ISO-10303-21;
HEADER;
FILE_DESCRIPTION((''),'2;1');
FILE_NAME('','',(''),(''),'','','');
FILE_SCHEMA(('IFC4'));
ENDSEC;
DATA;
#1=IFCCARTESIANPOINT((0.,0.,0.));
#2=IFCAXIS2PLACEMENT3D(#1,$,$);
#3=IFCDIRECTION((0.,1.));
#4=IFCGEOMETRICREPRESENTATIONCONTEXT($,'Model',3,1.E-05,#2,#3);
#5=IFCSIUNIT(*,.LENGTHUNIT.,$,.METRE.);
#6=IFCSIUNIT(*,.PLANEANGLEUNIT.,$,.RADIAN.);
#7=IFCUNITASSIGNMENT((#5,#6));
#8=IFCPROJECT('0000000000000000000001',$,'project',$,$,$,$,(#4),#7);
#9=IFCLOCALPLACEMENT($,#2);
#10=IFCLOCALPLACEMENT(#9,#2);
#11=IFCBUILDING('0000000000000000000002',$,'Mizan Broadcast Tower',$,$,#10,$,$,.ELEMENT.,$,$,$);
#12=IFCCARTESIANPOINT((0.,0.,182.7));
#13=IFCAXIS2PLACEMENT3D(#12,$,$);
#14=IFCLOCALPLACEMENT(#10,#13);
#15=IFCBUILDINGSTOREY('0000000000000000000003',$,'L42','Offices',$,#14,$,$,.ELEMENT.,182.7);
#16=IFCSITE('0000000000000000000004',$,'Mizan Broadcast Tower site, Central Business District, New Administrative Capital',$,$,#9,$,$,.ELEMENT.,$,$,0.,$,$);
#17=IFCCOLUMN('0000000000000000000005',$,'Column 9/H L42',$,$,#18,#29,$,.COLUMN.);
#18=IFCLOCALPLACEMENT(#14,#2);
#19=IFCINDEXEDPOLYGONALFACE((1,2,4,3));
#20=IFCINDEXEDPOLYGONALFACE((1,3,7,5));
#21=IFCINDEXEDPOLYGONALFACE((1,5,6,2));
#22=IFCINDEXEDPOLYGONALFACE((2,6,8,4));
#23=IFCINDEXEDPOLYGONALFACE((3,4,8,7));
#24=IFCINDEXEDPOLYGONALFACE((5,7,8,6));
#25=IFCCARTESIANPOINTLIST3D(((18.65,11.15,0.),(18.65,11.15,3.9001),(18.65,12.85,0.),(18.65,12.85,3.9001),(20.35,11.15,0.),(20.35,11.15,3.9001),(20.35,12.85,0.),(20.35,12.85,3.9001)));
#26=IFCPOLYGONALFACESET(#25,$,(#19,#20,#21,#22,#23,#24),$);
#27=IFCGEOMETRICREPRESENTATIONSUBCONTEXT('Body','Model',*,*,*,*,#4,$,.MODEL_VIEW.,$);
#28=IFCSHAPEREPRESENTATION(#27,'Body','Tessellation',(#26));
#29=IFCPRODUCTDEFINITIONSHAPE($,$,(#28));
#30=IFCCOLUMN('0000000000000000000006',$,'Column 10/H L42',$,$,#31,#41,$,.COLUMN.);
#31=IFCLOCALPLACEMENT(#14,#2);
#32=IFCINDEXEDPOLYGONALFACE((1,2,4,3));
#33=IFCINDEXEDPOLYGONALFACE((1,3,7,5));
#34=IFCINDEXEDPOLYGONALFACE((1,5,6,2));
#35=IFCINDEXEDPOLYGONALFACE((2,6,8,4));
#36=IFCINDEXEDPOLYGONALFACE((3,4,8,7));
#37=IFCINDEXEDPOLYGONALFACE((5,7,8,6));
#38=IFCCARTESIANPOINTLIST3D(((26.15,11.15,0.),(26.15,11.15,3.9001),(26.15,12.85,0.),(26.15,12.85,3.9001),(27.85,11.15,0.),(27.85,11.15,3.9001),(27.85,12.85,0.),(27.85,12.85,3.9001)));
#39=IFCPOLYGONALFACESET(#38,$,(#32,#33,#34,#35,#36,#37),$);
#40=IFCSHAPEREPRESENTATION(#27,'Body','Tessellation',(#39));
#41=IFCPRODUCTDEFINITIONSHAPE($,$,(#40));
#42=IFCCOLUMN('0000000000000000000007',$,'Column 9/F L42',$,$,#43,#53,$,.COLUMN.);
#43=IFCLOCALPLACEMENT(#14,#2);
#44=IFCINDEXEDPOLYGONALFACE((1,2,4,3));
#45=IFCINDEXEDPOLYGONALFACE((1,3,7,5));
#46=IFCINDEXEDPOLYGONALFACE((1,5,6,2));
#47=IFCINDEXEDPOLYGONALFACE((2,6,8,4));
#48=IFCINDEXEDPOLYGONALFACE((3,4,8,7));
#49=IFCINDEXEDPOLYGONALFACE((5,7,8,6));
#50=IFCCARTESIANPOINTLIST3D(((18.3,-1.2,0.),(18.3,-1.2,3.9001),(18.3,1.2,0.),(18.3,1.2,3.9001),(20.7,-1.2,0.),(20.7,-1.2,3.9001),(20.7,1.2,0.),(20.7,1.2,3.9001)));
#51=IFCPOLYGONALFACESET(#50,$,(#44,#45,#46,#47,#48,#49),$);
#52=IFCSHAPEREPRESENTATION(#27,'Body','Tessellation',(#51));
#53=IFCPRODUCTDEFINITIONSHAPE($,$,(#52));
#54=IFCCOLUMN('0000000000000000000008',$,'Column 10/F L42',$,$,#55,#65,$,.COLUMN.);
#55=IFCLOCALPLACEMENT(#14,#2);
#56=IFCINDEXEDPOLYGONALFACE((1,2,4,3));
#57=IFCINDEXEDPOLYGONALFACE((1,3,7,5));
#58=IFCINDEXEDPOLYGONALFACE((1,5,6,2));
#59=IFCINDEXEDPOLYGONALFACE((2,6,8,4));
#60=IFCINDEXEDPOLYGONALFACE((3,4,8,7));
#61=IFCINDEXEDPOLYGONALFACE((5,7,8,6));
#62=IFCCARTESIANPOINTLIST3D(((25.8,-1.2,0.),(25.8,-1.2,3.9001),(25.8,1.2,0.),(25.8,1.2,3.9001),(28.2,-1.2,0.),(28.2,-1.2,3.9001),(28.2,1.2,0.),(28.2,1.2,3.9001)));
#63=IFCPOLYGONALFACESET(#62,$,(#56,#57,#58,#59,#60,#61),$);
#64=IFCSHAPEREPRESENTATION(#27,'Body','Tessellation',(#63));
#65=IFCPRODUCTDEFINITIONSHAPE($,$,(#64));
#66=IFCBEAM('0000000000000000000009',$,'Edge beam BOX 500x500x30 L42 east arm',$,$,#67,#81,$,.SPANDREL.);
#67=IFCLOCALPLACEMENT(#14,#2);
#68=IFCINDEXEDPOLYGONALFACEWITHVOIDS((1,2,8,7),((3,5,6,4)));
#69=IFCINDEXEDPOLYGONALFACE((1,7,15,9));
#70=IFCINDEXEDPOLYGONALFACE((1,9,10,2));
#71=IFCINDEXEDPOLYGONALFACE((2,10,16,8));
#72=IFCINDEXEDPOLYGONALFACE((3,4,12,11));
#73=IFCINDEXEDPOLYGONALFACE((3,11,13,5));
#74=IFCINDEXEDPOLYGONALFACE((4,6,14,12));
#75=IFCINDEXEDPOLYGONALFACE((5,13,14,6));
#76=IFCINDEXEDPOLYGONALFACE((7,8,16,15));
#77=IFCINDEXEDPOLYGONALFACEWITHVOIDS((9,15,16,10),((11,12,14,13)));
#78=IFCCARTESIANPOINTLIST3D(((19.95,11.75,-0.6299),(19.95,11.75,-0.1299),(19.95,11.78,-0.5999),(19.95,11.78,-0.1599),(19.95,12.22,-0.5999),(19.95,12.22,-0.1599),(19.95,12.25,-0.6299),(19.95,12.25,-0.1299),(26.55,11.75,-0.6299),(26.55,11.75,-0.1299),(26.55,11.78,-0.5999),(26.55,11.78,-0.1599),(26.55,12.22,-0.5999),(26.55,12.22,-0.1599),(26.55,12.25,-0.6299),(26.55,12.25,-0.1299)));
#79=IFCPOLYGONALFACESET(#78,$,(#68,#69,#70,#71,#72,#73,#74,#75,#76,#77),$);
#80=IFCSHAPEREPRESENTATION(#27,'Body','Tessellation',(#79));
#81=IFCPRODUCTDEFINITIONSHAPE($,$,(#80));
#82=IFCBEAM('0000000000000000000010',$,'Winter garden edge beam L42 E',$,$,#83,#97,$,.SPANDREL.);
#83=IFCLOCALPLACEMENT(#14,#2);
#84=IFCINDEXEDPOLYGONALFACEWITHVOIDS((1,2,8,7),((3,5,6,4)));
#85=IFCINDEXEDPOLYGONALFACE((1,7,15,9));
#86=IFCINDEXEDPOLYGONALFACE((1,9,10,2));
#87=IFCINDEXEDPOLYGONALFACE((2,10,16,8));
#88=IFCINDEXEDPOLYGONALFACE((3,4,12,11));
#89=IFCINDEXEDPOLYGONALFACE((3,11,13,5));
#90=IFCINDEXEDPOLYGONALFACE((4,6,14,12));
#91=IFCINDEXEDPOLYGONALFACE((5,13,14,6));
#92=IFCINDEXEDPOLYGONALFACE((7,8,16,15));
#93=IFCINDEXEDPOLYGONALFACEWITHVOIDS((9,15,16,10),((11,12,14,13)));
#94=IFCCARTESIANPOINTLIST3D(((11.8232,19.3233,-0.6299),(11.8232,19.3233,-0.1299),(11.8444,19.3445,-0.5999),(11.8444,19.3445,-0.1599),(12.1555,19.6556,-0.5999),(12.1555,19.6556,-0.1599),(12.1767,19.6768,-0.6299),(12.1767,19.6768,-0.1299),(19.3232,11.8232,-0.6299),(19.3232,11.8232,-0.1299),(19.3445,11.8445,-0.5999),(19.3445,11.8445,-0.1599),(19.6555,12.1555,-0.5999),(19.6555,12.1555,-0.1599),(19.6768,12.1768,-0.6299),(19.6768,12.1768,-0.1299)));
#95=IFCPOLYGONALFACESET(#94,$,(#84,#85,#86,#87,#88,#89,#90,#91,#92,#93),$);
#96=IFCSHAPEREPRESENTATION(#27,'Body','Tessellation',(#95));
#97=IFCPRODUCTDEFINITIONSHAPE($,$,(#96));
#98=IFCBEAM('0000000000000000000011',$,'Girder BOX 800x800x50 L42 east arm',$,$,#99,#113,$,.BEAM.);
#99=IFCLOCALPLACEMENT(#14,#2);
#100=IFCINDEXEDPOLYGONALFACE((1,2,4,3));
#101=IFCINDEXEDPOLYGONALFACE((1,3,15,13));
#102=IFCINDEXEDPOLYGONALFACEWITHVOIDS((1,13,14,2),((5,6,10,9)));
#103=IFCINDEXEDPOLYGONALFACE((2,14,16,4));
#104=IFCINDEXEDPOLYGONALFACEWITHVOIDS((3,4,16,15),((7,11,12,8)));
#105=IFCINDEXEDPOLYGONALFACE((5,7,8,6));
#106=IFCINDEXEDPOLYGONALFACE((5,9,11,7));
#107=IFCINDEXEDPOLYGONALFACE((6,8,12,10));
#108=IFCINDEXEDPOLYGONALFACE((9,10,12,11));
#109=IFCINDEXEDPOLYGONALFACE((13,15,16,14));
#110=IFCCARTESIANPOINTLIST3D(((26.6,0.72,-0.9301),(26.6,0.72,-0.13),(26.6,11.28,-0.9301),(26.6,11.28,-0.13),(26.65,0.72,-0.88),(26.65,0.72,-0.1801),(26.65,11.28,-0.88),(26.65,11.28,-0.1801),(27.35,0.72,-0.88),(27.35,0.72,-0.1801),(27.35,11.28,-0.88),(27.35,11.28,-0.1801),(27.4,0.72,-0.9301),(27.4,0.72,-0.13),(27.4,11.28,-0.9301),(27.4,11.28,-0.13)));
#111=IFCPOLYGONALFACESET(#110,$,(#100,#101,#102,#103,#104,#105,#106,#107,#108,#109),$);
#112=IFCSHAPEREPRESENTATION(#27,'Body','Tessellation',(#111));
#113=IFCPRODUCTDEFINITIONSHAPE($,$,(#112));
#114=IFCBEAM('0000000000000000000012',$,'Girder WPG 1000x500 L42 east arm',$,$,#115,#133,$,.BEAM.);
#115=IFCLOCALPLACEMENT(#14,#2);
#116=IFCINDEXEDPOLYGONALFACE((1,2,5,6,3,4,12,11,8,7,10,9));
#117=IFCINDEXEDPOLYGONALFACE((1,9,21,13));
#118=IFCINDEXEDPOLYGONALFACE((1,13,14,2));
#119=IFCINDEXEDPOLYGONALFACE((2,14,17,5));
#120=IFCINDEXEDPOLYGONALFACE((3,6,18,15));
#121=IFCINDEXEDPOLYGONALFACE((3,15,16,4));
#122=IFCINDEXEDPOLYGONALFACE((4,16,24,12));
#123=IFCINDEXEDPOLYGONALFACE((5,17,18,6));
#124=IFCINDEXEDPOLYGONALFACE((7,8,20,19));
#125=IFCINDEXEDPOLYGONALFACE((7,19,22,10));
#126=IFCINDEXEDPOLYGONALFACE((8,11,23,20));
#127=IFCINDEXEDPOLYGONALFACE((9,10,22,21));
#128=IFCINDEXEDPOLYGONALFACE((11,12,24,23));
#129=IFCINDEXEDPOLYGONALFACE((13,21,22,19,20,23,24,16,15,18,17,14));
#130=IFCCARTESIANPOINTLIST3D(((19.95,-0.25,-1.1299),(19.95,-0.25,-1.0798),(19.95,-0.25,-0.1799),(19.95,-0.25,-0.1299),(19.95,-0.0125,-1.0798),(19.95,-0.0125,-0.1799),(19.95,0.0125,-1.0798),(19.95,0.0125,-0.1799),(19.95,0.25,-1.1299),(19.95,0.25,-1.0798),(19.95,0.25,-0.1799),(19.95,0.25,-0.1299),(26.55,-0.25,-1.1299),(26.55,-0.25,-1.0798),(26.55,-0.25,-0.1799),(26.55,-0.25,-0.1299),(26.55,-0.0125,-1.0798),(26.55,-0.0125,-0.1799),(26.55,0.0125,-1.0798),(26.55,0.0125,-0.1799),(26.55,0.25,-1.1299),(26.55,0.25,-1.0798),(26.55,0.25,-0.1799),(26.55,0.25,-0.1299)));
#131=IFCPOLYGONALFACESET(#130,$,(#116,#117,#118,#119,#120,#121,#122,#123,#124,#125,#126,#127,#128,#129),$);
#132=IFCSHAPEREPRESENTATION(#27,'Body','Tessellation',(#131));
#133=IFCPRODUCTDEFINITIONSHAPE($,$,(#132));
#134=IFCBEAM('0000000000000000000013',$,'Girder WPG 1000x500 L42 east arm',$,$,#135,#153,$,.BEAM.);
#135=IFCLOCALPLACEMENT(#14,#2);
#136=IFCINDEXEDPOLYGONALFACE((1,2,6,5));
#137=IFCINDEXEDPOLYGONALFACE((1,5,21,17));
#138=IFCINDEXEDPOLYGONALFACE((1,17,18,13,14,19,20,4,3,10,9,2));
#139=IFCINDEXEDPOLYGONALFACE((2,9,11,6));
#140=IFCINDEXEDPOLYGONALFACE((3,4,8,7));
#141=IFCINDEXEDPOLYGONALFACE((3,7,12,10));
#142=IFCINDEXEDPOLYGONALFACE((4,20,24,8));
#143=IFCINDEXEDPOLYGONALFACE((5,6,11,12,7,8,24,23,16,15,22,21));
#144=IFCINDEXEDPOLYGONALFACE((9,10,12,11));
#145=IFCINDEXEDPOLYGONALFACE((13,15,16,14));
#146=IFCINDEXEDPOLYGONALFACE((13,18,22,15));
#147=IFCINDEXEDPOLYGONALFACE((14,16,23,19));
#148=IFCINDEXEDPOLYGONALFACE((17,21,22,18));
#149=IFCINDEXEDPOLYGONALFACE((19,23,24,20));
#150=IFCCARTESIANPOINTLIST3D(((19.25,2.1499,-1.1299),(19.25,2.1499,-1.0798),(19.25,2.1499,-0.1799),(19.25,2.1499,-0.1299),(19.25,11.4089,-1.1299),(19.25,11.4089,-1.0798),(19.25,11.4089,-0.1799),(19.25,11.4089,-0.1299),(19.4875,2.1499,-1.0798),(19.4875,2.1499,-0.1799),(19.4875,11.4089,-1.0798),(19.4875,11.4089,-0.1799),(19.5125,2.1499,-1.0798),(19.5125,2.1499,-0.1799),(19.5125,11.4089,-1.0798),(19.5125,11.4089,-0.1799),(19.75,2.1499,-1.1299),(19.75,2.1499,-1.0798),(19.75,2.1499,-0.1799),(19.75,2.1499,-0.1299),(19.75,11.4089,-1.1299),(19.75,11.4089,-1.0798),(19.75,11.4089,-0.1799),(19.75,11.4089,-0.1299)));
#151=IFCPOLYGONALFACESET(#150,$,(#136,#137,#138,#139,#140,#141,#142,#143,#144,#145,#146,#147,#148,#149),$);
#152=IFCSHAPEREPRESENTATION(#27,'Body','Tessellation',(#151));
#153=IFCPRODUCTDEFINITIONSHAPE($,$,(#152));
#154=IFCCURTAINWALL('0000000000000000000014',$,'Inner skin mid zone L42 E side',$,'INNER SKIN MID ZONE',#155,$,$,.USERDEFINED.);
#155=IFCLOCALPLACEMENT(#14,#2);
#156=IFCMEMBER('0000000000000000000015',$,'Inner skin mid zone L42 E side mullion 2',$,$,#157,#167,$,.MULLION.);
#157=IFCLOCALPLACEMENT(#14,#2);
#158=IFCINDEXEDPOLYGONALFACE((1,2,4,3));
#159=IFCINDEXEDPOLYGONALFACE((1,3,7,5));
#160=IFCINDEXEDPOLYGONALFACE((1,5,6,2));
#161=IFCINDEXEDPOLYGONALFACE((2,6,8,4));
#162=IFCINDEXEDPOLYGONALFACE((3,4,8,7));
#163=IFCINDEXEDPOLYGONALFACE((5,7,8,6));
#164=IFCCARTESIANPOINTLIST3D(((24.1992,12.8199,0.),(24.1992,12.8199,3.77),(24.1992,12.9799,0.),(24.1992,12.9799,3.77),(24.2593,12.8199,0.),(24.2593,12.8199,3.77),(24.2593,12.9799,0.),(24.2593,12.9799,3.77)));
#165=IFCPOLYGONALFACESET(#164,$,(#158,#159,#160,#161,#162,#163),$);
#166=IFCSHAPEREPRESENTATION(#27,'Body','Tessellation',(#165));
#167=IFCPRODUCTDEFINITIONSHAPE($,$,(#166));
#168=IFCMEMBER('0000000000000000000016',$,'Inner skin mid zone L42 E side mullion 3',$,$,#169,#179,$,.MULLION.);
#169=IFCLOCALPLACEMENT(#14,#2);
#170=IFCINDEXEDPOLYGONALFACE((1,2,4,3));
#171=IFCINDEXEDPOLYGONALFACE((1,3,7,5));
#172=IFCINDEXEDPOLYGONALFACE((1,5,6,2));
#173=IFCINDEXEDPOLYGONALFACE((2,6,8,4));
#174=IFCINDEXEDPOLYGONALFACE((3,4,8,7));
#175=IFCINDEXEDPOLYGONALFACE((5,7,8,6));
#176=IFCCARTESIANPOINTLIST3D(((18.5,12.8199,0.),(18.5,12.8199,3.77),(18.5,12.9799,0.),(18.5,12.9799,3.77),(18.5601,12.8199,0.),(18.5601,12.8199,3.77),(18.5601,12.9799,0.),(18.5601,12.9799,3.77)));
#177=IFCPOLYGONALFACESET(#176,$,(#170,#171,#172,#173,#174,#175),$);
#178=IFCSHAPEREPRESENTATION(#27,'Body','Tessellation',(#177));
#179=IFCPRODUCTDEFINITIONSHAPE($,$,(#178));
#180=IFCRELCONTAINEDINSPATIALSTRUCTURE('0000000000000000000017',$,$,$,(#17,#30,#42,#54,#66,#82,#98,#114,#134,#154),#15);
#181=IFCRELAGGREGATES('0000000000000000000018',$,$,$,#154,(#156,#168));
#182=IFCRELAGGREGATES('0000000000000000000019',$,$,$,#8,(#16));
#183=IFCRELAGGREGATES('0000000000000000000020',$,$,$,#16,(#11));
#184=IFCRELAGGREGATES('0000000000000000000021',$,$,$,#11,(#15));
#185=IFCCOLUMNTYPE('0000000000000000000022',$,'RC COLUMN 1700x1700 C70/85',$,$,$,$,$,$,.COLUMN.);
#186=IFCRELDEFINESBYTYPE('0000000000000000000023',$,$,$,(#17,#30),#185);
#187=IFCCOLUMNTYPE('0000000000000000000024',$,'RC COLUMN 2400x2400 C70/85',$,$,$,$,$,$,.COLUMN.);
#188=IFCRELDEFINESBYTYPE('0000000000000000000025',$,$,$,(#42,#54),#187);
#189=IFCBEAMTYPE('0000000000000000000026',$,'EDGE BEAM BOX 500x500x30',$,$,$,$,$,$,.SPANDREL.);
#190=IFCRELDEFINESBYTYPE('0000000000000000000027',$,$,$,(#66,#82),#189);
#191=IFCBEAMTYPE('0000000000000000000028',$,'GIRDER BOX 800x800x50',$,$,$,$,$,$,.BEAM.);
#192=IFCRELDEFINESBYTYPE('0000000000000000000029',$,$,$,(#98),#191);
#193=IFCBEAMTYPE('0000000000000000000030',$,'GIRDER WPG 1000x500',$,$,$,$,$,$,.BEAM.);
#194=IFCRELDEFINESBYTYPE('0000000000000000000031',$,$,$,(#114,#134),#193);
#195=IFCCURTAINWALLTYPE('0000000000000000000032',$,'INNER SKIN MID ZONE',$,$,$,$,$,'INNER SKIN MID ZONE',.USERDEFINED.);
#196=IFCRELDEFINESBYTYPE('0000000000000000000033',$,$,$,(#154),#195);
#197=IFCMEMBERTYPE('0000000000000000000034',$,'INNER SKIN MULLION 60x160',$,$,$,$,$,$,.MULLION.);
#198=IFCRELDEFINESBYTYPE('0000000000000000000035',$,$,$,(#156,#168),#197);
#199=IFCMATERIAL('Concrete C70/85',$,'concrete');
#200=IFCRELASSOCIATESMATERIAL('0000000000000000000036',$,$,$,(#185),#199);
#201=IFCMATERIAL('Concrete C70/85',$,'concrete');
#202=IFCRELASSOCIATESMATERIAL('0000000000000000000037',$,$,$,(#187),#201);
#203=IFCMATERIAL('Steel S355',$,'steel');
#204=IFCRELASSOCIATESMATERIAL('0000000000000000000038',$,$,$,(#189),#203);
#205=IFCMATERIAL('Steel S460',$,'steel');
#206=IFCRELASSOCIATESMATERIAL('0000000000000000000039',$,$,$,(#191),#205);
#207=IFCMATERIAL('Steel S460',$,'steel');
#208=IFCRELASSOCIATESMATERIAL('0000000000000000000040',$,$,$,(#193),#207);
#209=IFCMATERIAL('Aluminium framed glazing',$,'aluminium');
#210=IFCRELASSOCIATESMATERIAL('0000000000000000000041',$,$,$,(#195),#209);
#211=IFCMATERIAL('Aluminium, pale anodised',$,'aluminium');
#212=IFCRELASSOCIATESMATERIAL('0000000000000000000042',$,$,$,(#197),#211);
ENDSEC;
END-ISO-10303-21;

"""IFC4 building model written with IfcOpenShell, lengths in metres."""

from ifc_helpers import new_model, si_unit, direction, frame, origin, origin_2d, place, context, subcontext, project, spatial, rectangle, hollow_rectangle, i_section, extrude, material, material_profile, profile_set, type_object, element, aggregate, save


model = new_model("IFC4")

# Units and contexts
model_context = context("Model", 3, precision=1e-05, world=origin(), true_north=direction((0.0, 1.0)))
body_context = subcontext(model_context, "Body", "Model", "MODEL_VIEW")
ifc_project = project(units=[si_unit("LENGTHUNIT", "METRE"), si_unit("PLANEANGLEUNIT", "RADIAN")], contexts=[model_context])

# Site, building, storey
site_placement = place(None, origin())
site = spatial("IfcSite", under=ifc_project, at=site_placement, Name="Mizan Broadcast Tower site, Central Business District, New Administrative Capital", CompositionType="ELEMENT", RefElevation=0.0)
building_placement = place(site_placement, origin())
building = spatial("IfcBuilding", under=site, at=building_placement, Name="Mizan Broadcast Tower", CompositionType="ELEMENT")
storey_placement = place(building_placement, frame((0.0, 0.0, 182.7)))
storey = spatial("IfcBuildingStorey", under=building, at=storey_placement, Name="L42", Description="Offices", CompositionType="ELEMENT", Elevation=182.7)

# Columns
ifc_material_1 = material(Name="Concrete C70/85", Category="concrete")
ifc_material_profile_1 = material_profile(ifc_material_1, rectangle(XDim=1.7, YDim=1.7, at=origin_2d()), Name="RC 1700x1700")
ifc_profile_set_1 = profile_set([ifc_material_profile_1], Name="Concrete C70/85")
column_type_1 = type_object("IfcColumnType", Name="RC COLUMN 1700x1700 C70/85", PredefinedType="COLUMN", material=ifc_profile_set_1)
for number, where, z_axis, x_axis, name in (
    (1, (19.5, 12.0, 0.0), (0.0, 0.0, 1.0), (1.0, 0.0, 0.0), "Column 9/H L42"),
    (2, (27.0, 12.0, 0.0), (0.0, 0.0, 1.0), (1.0, 0.0, 0.0), "Column 10/H L42"),
):
    element("IfcColumn", number, at=place(storey_placement, frame(where, z_axis=z_axis, x_axis=x_axis)), inside=storey, type_object=column_type_1, Name=name, PredefinedType="COLUMN", context=body_context, shape_type="SweptSolid", body=[
        extrude(rectangle(XDim=1.7, YDim=1.7, at=origin_2d()), origin(), (0.0, 0.0, 1.0), 3.9001),
    ])
ifc_material_2 = material(Name="Concrete C70/85", Category="concrete")
ifc_material_profile_2 = material_profile(ifc_material_2, rectangle(XDim=2.3999, YDim=2.3999, at=origin_2d()), Name="RC 2400x2400")
ifc_profile_set_2 = profile_set([ifc_material_profile_2], Name="Concrete C70/85")
column_type_2 = type_object("IfcColumnType", Name="RC COLUMN 2400x2400 C70/85", PredefinedType="COLUMN", material=ifc_profile_set_2)
for number, where, z_axis, x_axis, name in (
    (3, (19.5, 0.0, 0.0), (0.0, 0.0, 1.0), (1.0, 0.0, 0.0), "Column 9/F L42"),
    (4, (27.0, 0.0, 0.0), (0.0, 0.0, 1.0), (1.0, 0.0, 0.0), "Column 10/F L42"),
):
    element("IfcColumn", number, at=place(storey_placement, frame(where, z_axis=z_axis, x_axis=x_axis)), inside=storey, type_object=column_type_2, Name=name, PredefinedType="COLUMN", context=body_context, shape_type="SweptSolid", body=[
        extrude(rectangle(XDim=2.3999, YDim=2.3999, at=origin_2d()), origin(), (0.0, 0.0, 1.0), 3.9001),
    ])

# Beams
ifc_material_3 = material(Name="Steel S355", Category="steel")
ifc_material_profile_3 = material_profile(ifc_material_3, hollow_rectangle(XDim=0.5, YDim=0.5, WallThickness=0.03, at=origin_2d()), Name="BOX 500x500x30")
ifc_profile_set_3 = profile_set([ifc_material_profile_3], Name="Steel S355")
beam_type_1 = type_object("IfcBeamType", Name="EDGE BEAM BOX 500x500x30", PredefinedType="SPANDREL", material=ifc_profile_set_3)
beam_1_placement = place(storey_placement, frame((19.95, 12.0, -0.3799), z_axis=(1.0, 0.0, 0.0), x_axis=(0.0, 1.0, 0.0)))
element("IfcBeam", 5, at=beam_1_placement, inside=storey, type_object=beam_type_1, Name="Edge beam BOX 500x500x30 L42 east arm", PredefinedType="SPANDREL", context=body_context, shape_type="SweptSolid", body=[
    extrude(hollow_rectangle(XDim=0.5, YDim=0.5, WallThickness=0.03, at=origin_2d()), origin(), (0.0, 0.0, 1.0), 6.6001),
])
beam_2_placement = place(storey_placement, frame((19.5, 12.0, -0.3799), z_axis=(-0.707107, 0.707107, 0.0), x_axis=(-0.707107, -0.707107, 0.0)))
element("IfcBeam", 6, at=beam_2_placement, inside=storey, type_object=beam_type_1, Name="Winter garden edge beam L42 E", PredefinedType="SPANDREL", context=body_context, shape_type="SweptSolid", body=[
    extrude(hollow_rectangle(XDim=0.5, YDim=0.5, WallThickness=0.03, at=origin_2d()), origin(), (0.0, 0.0, 1.0), 10.6067),
])
ifc_material_4 = material(Name="Steel S460", Category="steel")
ifc_material_profile_4 = material_profile(ifc_material_4, hollow_rectangle(XDim=0.8, YDim=0.8, WallThickness=0.05, at=origin_2d()), Name="BOX 800x800x50")
ifc_profile_set_4 = profile_set([ifc_material_profile_4], Name="Steel S460")
beam_type_2 = type_object("IfcBeamType", Name="GIRDER BOX 800x800x50", PredefinedType="BEAM", material=ifc_profile_set_4)
beam_3_placement = place(storey_placement, frame((27.0, 11.28, -0.53), z_axis=(0.0, -1.0, 0.0), x_axis=(1.0, 0.0, 0.0)))
element("IfcBeam", 7, at=beam_3_placement, inside=storey, type_object=beam_type_2, Name="Girder BOX 800x800x50 L42 east arm", PredefinedType="BEAM", context=body_context, shape_type="SweptSolid", body=[
    extrude(hollow_rectangle(XDim=0.8, YDim=0.8, WallThickness=0.05, at=origin_2d()), origin(), (0.0, 0.0, 1.0), 10.5601),
])
ifc_material_5 = material(Name="Steel S460", Category="steel")
ifc_material_profile_5 = material_profile(ifc_material_5, i_section(OverallWidth=0.5, OverallDepth=1.0, WebThickness=0.0249, FlangeThickness=0.05, at=origin_2d()), Name="WPG 1000x500")
ifc_profile_set_5 = profile_set([ifc_material_profile_5], Name="Steel S460")
beam_type_3 = type_object("IfcBeamType", Name="GIRDER WPG 1000x500", PredefinedType="BEAM", material=ifc_profile_set_5)
beam_4_placement = place(storey_placement, frame((19.95, 0.0, -0.6299), z_axis=(1.0, 0.0, 0.0), x_axis=(0.0, 1.0, 0.0)))
element("IfcBeam", 8, at=beam_4_placement, inside=storey, type_object=beam_type_3, Name="Girder WPG 1000x500 L42 east arm", PredefinedType="BEAM", context=body_context, shape_type="SweptSolid", body=[
    extrude(i_section(OverallWidth=0.5, OverallDepth=1.0, WebThickness=0.0249, FlangeThickness=0.05, at=origin_2d()), origin(), (0.0, 0.0, 1.0), 6.6001),
])
beam_5_placement = place(storey_placement, frame((19.5, 11.4089, -0.6299), z_axis=(0.0, -1.0, 0.0), x_axis=(1.0, 0.0, 0.0)))
element("IfcBeam", 9, at=beam_5_placement, inside=storey, type_object=beam_type_3, Name="Girder WPG 1000x500 L42 east arm", PredefinedType="BEAM", context=body_context, shape_type="SweptSolid", body=[
    extrude(i_section(OverallWidth=0.5, OverallDepth=1.0, WebThickness=0.0249, FlangeThickness=0.05, at=origin_2d()), origin(), (0.0, 0.0, 1.0), 9.259),
])

# Curtain wall, members
ifc_material_6 = material(Name="Aluminium framed glazing", Category="aluminium")
curtain_wall_type_1 = type_object("IfcCurtainWallType", Name="INNER SKIN MID ZONE", ElementType="INNER SKIN MID ZONE", PredefinedType="USERDEFINED", material=ifc_material_6)
curtain_wall_1_placement = place(storey_placement, origin())
curtain_wall_1 = element("IfcCurtainWall", 10, at=curtain_wall_1_placement, inside=storey, type_object=curtain_wall_type_1, Name="Inner skin mid zone L42 E side", ObjectType="INNER SKIN MID ZONE", PredefinedType="USERDEFINED")
ifc_material_7 = material(Name="Aluminium, pale anodised", Category="aluminium")
ifc_material_profile_6 = material_profile(ifc_material_7, rectangle(XDim=0.1599, YDim=0.0601, at=origin_2d()), Name="MULLION 160x60")
ifc_profile_set_6 = profile_set([ifc_material_profile_6], Name="Aluminium, pale anodised")
member_type_1 = type_object("IfcMemberType", Name="INNER SKIN MULLION 60x160", PredefinedType="MULLION", material=ifc_profile_set_6)
member_1_placement = place(storey_placement, frame((24.2292, 12.8999, 0.0), z_axis=(0.0, 0.0, 1.0), x_axis=(0.0, -1.0, 0.0)))
member_1 = element("IfcMember", 11, at=member_1_placement, type_object=member_type_1, Name="Inner skin mid zone L42 E side mullion 2", PredefinedType="MULLION", context=body_context, shape_type="SweptSolid", body=[
    extrude(rectangle(XDim=0.1599, YDim=0.0601, at=origin_2d()), origin(), (0.0, 0.0, 1.0), 3.77),
])
member_2_placement = place(storey_placement, frame((18.53, 12.8999, 0.0), z_axis=(0.0, 0.0, 1.0), x_axis=(0.0, -1.0, 0.0)))
member_2 = element("IfcMember", 12, at=member_2_placement, type_object=member_type_1, Name="Inner skin mid zone L42 E side mullion 3", PredefinedType="MULLION", context=body_context, shape_type="SweptSolid", body=[
    extrude(rectangle(XDim=0.1599, YDim=0.0601, at=origin_2d()), origin(), (0.0, 0.0, 1.0), 3.77),
])

aggregate(curtain_wall_1, [member_1, member_2])

save(model, "model.ifc")
